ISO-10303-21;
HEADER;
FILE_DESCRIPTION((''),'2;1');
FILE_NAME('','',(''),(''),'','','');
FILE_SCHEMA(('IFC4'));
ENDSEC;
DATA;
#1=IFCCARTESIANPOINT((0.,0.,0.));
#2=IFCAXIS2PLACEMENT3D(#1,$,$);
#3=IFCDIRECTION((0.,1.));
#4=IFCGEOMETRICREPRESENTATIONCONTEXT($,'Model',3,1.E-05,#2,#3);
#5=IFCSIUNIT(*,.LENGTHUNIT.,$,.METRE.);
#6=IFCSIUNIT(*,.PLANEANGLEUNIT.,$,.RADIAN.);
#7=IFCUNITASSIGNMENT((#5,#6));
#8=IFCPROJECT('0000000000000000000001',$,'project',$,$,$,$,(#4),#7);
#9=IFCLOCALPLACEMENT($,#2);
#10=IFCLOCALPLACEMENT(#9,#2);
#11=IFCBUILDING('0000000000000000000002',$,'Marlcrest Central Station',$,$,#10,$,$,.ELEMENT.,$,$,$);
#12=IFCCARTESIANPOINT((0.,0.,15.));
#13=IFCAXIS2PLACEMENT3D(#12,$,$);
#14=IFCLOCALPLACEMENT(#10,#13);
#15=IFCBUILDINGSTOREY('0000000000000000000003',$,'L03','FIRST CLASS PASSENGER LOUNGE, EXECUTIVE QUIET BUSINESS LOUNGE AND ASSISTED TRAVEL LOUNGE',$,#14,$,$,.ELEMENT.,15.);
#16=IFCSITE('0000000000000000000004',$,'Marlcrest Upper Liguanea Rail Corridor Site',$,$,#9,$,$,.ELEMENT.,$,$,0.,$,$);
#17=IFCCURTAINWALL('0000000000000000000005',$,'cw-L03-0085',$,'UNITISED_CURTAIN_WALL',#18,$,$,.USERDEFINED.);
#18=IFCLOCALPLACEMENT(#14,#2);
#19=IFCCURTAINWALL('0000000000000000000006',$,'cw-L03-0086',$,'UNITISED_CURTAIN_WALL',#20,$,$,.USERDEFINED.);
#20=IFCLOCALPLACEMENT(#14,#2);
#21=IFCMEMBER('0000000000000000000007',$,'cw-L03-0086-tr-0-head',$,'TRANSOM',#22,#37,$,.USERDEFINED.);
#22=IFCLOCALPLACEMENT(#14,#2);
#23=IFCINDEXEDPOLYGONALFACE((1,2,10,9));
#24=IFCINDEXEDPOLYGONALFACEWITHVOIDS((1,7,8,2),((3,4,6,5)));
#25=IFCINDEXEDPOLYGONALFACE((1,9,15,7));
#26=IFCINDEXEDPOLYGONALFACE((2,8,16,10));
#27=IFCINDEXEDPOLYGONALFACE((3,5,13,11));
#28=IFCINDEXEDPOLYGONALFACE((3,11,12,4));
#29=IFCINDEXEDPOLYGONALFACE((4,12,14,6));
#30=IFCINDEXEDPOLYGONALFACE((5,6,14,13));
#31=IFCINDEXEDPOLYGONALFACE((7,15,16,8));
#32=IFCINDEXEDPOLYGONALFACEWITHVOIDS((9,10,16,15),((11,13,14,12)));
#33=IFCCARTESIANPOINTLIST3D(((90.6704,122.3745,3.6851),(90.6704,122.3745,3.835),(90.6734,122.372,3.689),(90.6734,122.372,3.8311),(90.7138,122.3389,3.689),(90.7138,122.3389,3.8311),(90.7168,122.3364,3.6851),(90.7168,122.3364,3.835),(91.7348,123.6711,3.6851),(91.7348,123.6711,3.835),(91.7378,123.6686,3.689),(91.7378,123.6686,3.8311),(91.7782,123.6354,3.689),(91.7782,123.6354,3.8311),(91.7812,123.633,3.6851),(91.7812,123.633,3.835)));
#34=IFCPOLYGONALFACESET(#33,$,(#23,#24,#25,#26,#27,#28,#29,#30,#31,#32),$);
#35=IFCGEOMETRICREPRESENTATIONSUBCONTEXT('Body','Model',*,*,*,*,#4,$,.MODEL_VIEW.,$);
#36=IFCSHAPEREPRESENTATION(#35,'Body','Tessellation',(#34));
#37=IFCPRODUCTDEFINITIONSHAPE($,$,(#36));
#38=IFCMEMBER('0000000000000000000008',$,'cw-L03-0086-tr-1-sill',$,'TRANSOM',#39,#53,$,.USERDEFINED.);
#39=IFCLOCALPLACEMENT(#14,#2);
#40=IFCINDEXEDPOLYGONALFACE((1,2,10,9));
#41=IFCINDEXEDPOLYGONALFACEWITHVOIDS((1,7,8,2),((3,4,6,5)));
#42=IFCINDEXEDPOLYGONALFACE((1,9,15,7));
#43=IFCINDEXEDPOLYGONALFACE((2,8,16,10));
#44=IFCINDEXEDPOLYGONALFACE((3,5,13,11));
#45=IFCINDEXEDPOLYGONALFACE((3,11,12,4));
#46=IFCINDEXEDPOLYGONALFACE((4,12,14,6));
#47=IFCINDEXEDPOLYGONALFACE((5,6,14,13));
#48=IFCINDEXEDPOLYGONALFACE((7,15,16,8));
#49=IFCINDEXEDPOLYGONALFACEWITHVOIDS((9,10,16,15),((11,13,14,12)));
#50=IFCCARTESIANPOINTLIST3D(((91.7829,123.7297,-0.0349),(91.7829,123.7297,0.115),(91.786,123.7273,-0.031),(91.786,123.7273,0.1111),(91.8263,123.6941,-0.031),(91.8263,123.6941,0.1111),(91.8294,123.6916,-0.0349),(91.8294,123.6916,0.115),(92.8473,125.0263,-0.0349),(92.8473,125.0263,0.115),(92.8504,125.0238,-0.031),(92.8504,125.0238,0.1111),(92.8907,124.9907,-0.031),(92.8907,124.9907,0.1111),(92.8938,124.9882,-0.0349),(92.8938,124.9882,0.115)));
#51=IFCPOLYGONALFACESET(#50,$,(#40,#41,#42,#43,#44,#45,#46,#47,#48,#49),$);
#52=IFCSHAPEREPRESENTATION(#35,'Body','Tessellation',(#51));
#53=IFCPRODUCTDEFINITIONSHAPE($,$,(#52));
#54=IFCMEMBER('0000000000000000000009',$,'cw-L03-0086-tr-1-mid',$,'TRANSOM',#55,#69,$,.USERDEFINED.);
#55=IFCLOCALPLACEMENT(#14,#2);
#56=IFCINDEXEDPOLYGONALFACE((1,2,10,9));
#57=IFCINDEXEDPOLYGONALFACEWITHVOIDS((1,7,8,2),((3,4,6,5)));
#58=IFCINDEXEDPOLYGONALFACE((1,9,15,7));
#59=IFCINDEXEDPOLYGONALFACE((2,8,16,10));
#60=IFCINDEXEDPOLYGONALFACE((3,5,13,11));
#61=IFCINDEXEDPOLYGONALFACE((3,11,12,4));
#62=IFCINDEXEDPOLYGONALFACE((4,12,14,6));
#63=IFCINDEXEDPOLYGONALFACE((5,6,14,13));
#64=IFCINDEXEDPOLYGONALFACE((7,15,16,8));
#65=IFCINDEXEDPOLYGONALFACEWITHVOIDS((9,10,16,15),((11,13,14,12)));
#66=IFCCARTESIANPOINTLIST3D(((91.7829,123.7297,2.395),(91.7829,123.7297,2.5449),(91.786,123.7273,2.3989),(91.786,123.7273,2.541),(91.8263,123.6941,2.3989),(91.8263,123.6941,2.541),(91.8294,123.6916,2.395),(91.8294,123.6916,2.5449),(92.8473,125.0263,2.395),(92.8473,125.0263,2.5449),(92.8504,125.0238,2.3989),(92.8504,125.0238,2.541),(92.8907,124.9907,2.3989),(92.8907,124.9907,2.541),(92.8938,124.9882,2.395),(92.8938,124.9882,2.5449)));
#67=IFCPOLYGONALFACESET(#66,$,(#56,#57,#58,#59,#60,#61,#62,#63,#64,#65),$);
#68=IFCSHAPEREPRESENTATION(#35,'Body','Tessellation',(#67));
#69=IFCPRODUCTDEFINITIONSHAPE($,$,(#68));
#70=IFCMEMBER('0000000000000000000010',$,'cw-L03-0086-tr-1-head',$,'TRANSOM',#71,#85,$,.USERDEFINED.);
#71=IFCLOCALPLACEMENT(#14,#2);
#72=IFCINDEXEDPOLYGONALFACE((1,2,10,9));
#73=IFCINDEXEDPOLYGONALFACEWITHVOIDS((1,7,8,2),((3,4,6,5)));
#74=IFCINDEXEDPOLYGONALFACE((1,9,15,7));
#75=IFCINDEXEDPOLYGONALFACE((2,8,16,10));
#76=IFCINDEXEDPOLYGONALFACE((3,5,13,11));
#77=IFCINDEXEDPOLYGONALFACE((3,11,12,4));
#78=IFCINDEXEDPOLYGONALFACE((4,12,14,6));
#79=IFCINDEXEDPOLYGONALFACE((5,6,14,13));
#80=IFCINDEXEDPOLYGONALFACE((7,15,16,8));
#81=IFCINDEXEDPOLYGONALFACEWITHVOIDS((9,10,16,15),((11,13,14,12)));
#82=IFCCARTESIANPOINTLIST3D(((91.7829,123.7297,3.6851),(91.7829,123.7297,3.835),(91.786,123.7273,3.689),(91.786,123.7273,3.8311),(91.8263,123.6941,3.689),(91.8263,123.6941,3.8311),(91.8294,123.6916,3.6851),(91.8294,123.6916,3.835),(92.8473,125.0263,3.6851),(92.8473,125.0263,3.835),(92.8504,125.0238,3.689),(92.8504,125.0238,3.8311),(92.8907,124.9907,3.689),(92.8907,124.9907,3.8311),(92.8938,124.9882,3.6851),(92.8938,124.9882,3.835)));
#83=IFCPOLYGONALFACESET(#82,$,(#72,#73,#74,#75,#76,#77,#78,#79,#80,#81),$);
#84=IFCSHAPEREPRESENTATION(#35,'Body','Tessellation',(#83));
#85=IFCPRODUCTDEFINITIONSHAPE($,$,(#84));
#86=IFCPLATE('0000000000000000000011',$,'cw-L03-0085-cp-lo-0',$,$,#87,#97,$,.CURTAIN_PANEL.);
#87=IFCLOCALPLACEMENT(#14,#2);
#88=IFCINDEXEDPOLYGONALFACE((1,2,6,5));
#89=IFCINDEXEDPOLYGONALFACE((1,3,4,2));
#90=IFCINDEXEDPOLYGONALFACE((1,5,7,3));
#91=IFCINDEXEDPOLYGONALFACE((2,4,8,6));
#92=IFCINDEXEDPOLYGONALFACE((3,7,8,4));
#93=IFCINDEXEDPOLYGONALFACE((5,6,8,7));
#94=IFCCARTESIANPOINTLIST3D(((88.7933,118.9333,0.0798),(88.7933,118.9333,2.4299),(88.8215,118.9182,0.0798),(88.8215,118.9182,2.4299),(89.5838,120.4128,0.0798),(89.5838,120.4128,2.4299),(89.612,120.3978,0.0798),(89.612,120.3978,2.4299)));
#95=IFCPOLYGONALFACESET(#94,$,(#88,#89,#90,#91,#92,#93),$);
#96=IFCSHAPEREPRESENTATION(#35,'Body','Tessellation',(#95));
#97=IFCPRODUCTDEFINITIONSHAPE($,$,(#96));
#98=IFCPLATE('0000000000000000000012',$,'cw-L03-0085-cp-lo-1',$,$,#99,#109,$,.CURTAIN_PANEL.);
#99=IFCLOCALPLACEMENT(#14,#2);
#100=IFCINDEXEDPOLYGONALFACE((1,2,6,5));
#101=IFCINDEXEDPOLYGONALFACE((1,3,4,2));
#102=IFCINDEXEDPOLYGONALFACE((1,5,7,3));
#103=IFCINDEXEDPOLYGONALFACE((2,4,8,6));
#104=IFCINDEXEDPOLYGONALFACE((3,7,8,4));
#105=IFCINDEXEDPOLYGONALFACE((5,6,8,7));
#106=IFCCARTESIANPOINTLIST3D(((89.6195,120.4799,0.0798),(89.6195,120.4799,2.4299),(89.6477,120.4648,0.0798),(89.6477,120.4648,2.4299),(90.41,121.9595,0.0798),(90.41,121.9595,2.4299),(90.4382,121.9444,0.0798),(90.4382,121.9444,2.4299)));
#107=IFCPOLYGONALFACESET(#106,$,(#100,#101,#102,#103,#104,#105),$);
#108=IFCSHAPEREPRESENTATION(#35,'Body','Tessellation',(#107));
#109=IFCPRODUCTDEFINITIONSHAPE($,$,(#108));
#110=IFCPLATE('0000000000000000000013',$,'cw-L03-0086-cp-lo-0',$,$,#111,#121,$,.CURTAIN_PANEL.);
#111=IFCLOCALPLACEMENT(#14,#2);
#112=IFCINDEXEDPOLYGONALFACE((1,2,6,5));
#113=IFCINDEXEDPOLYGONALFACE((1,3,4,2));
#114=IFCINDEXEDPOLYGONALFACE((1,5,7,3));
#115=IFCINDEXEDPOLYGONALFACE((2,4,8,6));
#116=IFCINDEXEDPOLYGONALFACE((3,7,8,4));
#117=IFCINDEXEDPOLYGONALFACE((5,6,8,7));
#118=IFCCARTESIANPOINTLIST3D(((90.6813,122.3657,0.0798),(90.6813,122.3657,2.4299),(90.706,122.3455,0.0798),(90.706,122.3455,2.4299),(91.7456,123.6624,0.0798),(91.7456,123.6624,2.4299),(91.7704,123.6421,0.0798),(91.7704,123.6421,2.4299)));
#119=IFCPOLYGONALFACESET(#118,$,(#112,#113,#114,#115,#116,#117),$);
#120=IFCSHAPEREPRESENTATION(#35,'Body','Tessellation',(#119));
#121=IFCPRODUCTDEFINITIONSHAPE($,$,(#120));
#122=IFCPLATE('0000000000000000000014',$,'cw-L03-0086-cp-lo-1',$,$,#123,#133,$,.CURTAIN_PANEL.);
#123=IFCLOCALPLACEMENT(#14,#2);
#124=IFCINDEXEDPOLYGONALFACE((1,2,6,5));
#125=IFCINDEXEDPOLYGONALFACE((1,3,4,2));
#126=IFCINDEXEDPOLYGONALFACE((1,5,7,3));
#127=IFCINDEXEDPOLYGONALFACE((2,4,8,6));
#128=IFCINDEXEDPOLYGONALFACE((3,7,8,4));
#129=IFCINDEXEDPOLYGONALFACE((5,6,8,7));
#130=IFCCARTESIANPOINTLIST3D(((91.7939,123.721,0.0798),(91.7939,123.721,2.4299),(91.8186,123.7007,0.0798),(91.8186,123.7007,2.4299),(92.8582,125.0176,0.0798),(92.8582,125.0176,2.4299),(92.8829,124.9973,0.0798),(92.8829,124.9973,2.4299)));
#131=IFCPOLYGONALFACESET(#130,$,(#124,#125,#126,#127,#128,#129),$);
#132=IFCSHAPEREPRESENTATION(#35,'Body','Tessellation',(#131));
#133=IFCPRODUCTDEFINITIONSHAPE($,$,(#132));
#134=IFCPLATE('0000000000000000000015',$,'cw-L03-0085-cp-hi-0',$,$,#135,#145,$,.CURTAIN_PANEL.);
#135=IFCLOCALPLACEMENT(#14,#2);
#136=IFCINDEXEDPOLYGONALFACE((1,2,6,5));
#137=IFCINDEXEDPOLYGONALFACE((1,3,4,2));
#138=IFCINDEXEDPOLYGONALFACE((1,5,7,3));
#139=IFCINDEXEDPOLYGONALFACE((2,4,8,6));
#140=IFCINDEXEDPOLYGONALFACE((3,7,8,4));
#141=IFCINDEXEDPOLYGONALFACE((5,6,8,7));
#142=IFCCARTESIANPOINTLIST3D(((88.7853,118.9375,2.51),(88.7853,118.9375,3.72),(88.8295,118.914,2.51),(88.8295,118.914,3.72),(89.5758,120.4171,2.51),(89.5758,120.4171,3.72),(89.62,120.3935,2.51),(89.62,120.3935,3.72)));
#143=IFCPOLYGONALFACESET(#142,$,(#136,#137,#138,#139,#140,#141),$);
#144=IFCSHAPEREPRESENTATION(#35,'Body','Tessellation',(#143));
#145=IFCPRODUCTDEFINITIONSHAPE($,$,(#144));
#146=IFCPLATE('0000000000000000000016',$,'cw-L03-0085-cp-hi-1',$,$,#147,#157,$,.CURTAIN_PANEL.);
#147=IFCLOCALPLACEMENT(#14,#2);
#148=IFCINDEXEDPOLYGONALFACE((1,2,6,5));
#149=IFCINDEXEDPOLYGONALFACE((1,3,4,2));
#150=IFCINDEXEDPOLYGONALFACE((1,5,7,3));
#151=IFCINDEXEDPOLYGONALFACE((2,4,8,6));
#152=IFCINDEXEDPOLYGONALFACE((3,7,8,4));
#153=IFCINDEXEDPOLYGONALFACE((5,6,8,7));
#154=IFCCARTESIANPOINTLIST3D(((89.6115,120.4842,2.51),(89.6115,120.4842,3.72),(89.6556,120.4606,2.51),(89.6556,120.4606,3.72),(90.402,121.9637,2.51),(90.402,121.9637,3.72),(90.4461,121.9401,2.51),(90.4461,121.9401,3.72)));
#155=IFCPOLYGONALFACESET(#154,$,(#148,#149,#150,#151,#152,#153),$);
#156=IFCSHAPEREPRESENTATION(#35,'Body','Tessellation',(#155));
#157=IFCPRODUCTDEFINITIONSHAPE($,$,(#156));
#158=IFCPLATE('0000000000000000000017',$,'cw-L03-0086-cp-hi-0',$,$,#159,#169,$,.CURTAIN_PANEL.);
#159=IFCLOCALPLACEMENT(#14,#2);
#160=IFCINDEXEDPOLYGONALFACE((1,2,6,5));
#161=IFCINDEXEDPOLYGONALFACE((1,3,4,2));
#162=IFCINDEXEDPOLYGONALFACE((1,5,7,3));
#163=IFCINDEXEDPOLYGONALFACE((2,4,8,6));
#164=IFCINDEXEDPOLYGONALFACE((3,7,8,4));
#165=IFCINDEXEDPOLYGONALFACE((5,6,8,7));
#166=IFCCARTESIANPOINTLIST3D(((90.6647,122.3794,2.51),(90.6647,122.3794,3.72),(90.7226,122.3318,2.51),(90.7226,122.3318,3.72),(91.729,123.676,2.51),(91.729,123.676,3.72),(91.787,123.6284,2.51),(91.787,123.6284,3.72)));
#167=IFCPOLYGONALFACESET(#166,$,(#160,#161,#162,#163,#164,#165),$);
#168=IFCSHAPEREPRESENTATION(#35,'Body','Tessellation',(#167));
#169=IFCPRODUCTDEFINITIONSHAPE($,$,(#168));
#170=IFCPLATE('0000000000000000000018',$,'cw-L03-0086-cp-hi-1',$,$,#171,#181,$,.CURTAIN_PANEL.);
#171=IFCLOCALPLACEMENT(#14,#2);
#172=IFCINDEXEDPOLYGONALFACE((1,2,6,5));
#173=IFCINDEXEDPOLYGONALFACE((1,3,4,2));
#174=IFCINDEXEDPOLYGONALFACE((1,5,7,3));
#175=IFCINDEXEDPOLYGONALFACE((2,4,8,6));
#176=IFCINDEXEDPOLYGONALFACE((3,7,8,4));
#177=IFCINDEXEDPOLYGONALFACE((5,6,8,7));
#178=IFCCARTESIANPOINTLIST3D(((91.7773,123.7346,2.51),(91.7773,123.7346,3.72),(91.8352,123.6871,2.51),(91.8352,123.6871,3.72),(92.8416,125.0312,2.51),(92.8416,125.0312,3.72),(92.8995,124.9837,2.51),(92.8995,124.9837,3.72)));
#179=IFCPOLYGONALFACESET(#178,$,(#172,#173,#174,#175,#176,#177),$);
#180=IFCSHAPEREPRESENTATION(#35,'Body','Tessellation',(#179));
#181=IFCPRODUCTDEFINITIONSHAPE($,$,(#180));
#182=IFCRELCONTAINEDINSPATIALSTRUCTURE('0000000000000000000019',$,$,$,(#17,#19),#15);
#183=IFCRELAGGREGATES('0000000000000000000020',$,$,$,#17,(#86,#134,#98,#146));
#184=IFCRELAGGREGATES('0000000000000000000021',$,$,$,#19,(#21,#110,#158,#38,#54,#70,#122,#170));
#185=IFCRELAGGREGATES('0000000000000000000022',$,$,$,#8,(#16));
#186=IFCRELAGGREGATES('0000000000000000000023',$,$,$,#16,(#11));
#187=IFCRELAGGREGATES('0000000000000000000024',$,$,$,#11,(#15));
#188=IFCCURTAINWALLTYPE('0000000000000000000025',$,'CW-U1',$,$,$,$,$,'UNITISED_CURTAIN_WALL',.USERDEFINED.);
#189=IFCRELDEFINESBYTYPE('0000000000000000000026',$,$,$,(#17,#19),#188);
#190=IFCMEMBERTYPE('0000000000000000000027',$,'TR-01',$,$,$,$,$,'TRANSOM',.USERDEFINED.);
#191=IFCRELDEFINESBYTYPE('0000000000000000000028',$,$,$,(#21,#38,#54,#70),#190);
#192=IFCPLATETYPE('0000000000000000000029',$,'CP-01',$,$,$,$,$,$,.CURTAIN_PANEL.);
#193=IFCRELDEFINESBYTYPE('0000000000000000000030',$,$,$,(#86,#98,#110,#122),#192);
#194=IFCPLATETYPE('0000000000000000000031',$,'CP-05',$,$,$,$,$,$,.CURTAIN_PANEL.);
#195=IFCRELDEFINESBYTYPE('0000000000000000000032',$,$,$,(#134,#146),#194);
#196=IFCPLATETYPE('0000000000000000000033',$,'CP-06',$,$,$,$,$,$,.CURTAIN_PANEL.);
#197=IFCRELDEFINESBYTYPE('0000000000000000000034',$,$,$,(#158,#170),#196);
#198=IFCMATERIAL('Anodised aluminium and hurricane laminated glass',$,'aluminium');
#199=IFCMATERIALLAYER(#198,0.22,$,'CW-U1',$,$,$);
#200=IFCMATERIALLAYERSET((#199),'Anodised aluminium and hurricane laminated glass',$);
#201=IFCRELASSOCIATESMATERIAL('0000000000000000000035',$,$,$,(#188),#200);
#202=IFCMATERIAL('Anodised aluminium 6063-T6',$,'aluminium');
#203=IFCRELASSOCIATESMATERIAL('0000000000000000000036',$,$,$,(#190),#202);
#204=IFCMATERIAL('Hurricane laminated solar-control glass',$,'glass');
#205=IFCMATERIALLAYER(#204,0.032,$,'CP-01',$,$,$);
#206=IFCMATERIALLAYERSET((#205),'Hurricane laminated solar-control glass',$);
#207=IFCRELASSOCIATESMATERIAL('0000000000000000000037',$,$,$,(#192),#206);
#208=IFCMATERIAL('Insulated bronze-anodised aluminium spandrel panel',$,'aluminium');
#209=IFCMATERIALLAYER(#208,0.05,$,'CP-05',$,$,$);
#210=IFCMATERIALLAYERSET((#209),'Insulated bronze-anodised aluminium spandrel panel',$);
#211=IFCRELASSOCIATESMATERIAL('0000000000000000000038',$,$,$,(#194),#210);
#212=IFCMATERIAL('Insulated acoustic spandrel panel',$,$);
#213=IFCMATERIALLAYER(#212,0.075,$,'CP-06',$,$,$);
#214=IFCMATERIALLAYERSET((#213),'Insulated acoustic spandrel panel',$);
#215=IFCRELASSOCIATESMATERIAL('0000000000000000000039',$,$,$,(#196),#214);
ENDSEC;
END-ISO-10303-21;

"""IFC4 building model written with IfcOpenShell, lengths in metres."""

from ifc_helpers import new_model, si_unit, direction, frame, origin, origin_2d, place, context, subcontext, project, spatial, rectangle, hollow_rectangle, extrude, material, layer, layer_set, material_profile, profile_set, type_object, element, aggregate, save


model = new_model("IFC4")

# Units and contexts
model_context = context("Model", 3, precision=1e-05, world=origin(), true_north=direction((0.0, 1.0)))
body_context = subcontext(model_context, "Body", "Model", "MODEL_VIEW")
ifc_project = project(units=[si_unit("LENGTHUNIT", "METRE"), si_unit("PLANEANGLEUNIT", "RADIAN")], contexts=[model_context])

# Site, building, storey
site_placement = place(None, origin())
site = spatial("IfcSite", under=ifc_project, at=site_placement, Name="Marlcrest Upper Liguanea Rail Corridor Site", CompositionType="ELEMENT", RefElevation=0.0)
building_placement = place(site_placement, origin())
building = spatial("IfcBuilding", under=site, at=building_placement, Name="Marlcrest Central Station", CompositionType="ELEMENT")
storey_placement = place(building_placement, frame((0.0, 0.0, 15.0)))
storey = spatial("IfcBuildingStorey", under=building, at=storey_placement, Name="L03", Description="FIRST CLASS PASSENGER LOUNGE, EXECUTIVE QUIET BUSINESS LOUNGE AND ASSISTED TRAVEL LOUNGE", CompositionType="ELEMENT", Elevation=15.0)

# Curtain walls
ifc_material_1 = material(Name="Anodised aluminium and hurricane laminated glass", Category="aluminium")
ifc_layer_1 = layer(ifc_material_1, 0.22, Name="CW-U1")
ifc_layer_set_1 = layer_set([ifc_layer_1], Name="Anodised aluminium and hurricane laminated glass")
curtain_wall_type = type_object("IfcCurtainWallType", Name="CW-U1", ElementType="UNITISED_CURTAIN_WALL", PredefinedType="USERDEFINED", material=ifc_layer_set_1)
curtain_wall_1_placement = place(storey_placement, origin())
curtain_wall_1 = element("IfcCurtainWall", 1, at=curtain_wall_1_placement, inside=storey, type_object=curtain_wall_type, Name="cw-L03-0085", ObjectType="UNITISED_CURTAIN_WALL", PredefinedType="USERDEFINED")
ifc_material_2 = material(Name="Anodised aluminium 6063-T6", Category="aluminium")
curtain_wall_2_placement = place(storey_placement, origin())
curtain_wall_2 = element("IfcCurtainWall", 2, at=curtain_wall_2_placement, inside=storey, type_object=curtain_wall_type, Name="cw-L03-0086", ObjectType="UNITISED_CURTAIN_WALL", PredefinedType="USERDEFINED")

# Members
ifc_material_profile_1 = material_profile(ifc_material_2, hollow_rectangle(XDim=0.0601, YDim=0.1499, WallThickness=0.0039, at=origin_2d()), Name="AA-RHS 150x60x4")
ifc_profile_set_1 = profile_set([ifc_material_profile_1], Name="Anodised aluminium 6063-T6")
member_type_1 = type_object("IfcMemberType", Name="TR-01", ElementType="TRANSOM", PredefinedType="USERDEFINED", material=ifc_profile_set_1)
member_1_placement = place(storey_placement, frame((90.6936, 122.3555, 3.76), z_axis=(0.634513, 0.772912, 0.0), x_axis=(-0.772912, 0.634513, 0.0)))
member_1 = element("IfcMember", 3, at=member_1_placement, type_object=member_type_1, Name="cw-L03-0086-tr-0-head", ObjectType="TRANSOM", PredefinedType="USERDEFINED", context=body_context, shape_type="SweptSolid", body=[
    extrude(hollow_rectangle(XDim=0.0601, YDim=0.1499, WallThickness=0.0039, at=origin_2d()), origin(), (0.0, 0.0, 1.0), 1.6775),
])
member_2_placement = place(storey_placement, frame((91.8062, 123.7107, 0.04), z_axis=(0.634513, 0.772912, 0.0), x_axis=(-0.772912, 0.634513, 0.0)))
member_2 = element("IfcMember", 4, at=member_2_placement, type_object=member_type_1, Name="cw-L03-0086-tr-1-sill", ObjectType="TRANSOM", PredefinedType="USERDEFINED", context=body_context, shape_type="SweptSolid", body=[
    extrude(hollow_rectangle(XDim=0.0601, YDim=0.1499, WallThickness=0.0039, at=origin_2d()), origin(), (0.0, 0.0, 1.0), 1.6775),
])
member_3_placement = place(storey_placement, frame((91.8062, 123.7107, 2.47), z_axis=(0.634513, 0.772912, 0.0), x_axis=(-0.772912, 0.634513, 0.0)))
member_3 = element("IfcMember", 5, at=member_3_placement, type_object=member_type_1, Name="cw-L03-0086-tr-1-mid", ObjectType="TRANSOM", PredefinedType="USERDEFINED", context=body_context, shape_type="SweptSolid", body=[
    extrude(hollow_rectangle(XDim=0.0601, YDim=0.1499, WallThickness=0.0039, at=origin_2d()), origin(), (0.0, 0.0, 1.0), 1.6775),
])
member_4_placement = place(storey_placement, frame((91.8062, 123.7107, 3.76), z_axis=(0.634513, 0.772912, 0.0), x_axis=(-0.772912, 0.634513, 0.0)))
member_4 = element("IfcMember", 6, at=member_4_placement, type_object=member_type_1, Name="cw-L03-0086-tr-1-head", ObjectType="TRANSOM", PredefinedType="USERDEFINED", context=body_context, shape_type="SweptSolid", body=[
    extrude(hollow_rectangle(XDim=0.0601, YDim=0.1499, WallThickness=0.0039, at=origin_2d()), origin(), (0.0, 0.0, 1.0), 1.6775),
])

# Plates
ifc_material_3 = material(Name="Hurricane laminated solar-control glass", Category="glass")
ifc_layer_2 = layer(ifc_material_3, 0.032, Name="CP-01")
ifc_layer_set_2 = layer_set([ifc_layer_2], Name="Hurricane laminated solar-control glass")
plate_type_1 = type_object("IfcPlateType", Name="CP-01", PredefinedType="CURTAIN_PANEL", material=ifc_layer_set_2)
plate_1_placement = place(storey_placement, frame((89.2026, 119.6655, 0.0798), z_axis=(0.0, 0.0, 1.0), x_axis=(0.471243, 0.882004, 0.0)))
plate_1 = element("IfcPlate", 7, at=plate_1_placement, type_object=plate_type_1, Name="cw-L03-0085-cp-lo-0", PredefinedType="CURTAIN_PANEL", context=body_context, shape_type="SweptSolid", body=[
    extrude(rectangle(XDim=1.6775, YDim=0.032, at=origin_2d()), origin(), (0.0, 0.0, 1.0), 2.3501),
])
plate_2_placement = place(storey_placement, frame((90.0288, 121.2122, 0.0798), z_axis=(0.0, 0.0, 1.0), x_axis=(0.471243, 0.882004, 0.0)))
plate_2 = element("IfcPlate", 8, at=plate_2_placement, type_object=plate_type_1, Name="cw-L03-0085-cp-lo-1", PredefinedType="CURTAIN_PANEL", context=body_context, shape_type="SweptSolid", body=[
    extrude(rectangle(XDim=1.6775, YDim=0.032, at=origin_2d()), origin(), (0.0, 0.0, 1.0), 2.3501),
])
plate_3_placement = place(storey_placement, frame((91.2258, 123.0039, 0.0798), z_axis=(0.0, 0.0, 1.0), x_axis=(0.634474, 0.772944, 0.0)))
plate_3 = element("IfcPlate", 9, at=plate_3_placement, type_object=plate_type_1, Name="cw-L03-0086-cp-lo-0", PredefinedType="CURTAIN_PANEL", context=body_context, shape_type="SweptSolid", body=[
    extrude(rectangle(XDim=1.6775, YDim=0.032, at=origin_2d()), origin(), (0.0, 0.0, 1.0), 2.3501),
])
plate_4_placement = place(storey_placement, frame((92.3384, 124.3591, 0.0798), z_axis=(0.0, 0.0, 1.0), x_axis=(0.634474, 0.772944, 0.0)))
plate_4 = element("IfcPlate", 10, at=plate_4_placement, type_object=plate_type_1, Name="cw-L03-0086-cp-lo-1", PredefinedType="CURTAIN_PANEL", context=body_context, shape_type="SweptSolid", body=[
    extrude(rectangle(XDim=1.6775, YDim=0.032, at=origin_2d()), origin(), (0.0, 0.0, 1.0), 2.3501),
])
ifc_material_4 = material(Name="Insulated bronze-anodised aluminium spandrel panel", Category="aluminium")
ifc_layer_3 = layer(ifc_material_4, 0.05, Name="CP-05")
ifc_layer_set_3 = layer_set([ifc_layer_3], Name="Insulated bronze-anodised aluminium spandrel panel")
plate_type_2 = type_object("IfcPlateType", Name="CP-05", PredefinedType="CURTAIN_PANEL", material=ifc_layer_set_3)
plate_5_placement = place(storey_placement, frame((89.2026, 119.6655, 2.51), z_axis=(0.0, 0.0, 1.0), x_axis=(0.471243, 0.882004, 0.0)))
plate_5 = element("IfcPlate", 11, at=plate_5_placement, type_object=plate_type_2, Name="cw-L03-0085-cp-hi-0", PredefinedType="CURTAIN_PANEL", context=body_context, shape_type="SweptSolid", body=[
    extrude(rectangle(XDim=1.6775, YDim=0.05, at=origin_2d()), origin(), (0.0, 0.0, 1.0), 1.21),
])
plate_6_placement = place(storey_placement, frame((90.0288, 121.2122, 2.51), z_axis=(0.0, 0.0, 1.0), x_axis=(0.471243, 0.882004, 0.0)))
plate_6 = element("IfcPlate", 12, at=plate_6_placement, type_object=plate_type_2, Name="cw-L03-0085-cp-hi-1", PredefinedType="CURTAIN_PANEL", context=body_context, shape_type="SweptSolid", body=[
    extrude(rectangle(XDim=1.6775, YDim=0.05, at=origin_2d()), origin(), (0.0, 0.0, 1.0), 1.21),
])
aggregate(curtain_wall_1, [plate_1, plate_5, plate_2, plate_6])
ifc_material_5 = material(Name="Insulated acoustic spandrel panel")
ifc_layer_4 = layer(ifc_material_5, 0.075, Name="CP-06")
ifc_layer_set_4 = layer_set([ifc_layer_4], Name="Insulated acoustic spandrel panel")
plate_type_3 = type_object("IfcPlateType", Name="CP-06", PredefinedType="CURTAIN_PANEL", material=ifc_layer_set_4)
plate_7_placement = place(storey_placement, frame((91.2258, 123.0039, 2.51), z_axis=(0.0, 0.0, 1.0), x_axis=(0.634474, 0.772944, 0.0)))
plate_7 = element("IfcPlate", 13, at=plate_7_placement, type_object=plate_type_3, Name="cw-L03-0086-cp-hi-0", PredefinedType="CURTAIN_PANEL", context=body_context, shape_type="SweptSolid", body=[
    extrude(rectangle(XDim=1.6775, YDim=0.075, at=origin_2d()), origin(), (0.0, 0.0, 1.0), 1.21),
])
plate_8_placement = place(storey_placement, frame((92.3384, 124.3591, 2.51), z_axis=(0.0, 0.0, 1.0), x_axis=(0.634474, 0.772944, 0.0)))
plate_8 = element("IfcPlate", 14, at=plate_8_placement, type_object=plate_type_3, Name="cw-L03-0086-cp-hi-1", PredefinedType="CURTAIN_PANEL", context=body_context, shape_type="SweptSolid", body=[
    extrude(rectangle(XDim=1.6775, YDim=0.075, at=origin_2d()), origin(), (0.0, 0.0, 1.0), 1.21),
])
aggregate(curtain_wall_2, [member_1, plate_3, plate_7, member_2, member_3, member_4, plate_4, plate_8])

save(model, "model.ifc")
